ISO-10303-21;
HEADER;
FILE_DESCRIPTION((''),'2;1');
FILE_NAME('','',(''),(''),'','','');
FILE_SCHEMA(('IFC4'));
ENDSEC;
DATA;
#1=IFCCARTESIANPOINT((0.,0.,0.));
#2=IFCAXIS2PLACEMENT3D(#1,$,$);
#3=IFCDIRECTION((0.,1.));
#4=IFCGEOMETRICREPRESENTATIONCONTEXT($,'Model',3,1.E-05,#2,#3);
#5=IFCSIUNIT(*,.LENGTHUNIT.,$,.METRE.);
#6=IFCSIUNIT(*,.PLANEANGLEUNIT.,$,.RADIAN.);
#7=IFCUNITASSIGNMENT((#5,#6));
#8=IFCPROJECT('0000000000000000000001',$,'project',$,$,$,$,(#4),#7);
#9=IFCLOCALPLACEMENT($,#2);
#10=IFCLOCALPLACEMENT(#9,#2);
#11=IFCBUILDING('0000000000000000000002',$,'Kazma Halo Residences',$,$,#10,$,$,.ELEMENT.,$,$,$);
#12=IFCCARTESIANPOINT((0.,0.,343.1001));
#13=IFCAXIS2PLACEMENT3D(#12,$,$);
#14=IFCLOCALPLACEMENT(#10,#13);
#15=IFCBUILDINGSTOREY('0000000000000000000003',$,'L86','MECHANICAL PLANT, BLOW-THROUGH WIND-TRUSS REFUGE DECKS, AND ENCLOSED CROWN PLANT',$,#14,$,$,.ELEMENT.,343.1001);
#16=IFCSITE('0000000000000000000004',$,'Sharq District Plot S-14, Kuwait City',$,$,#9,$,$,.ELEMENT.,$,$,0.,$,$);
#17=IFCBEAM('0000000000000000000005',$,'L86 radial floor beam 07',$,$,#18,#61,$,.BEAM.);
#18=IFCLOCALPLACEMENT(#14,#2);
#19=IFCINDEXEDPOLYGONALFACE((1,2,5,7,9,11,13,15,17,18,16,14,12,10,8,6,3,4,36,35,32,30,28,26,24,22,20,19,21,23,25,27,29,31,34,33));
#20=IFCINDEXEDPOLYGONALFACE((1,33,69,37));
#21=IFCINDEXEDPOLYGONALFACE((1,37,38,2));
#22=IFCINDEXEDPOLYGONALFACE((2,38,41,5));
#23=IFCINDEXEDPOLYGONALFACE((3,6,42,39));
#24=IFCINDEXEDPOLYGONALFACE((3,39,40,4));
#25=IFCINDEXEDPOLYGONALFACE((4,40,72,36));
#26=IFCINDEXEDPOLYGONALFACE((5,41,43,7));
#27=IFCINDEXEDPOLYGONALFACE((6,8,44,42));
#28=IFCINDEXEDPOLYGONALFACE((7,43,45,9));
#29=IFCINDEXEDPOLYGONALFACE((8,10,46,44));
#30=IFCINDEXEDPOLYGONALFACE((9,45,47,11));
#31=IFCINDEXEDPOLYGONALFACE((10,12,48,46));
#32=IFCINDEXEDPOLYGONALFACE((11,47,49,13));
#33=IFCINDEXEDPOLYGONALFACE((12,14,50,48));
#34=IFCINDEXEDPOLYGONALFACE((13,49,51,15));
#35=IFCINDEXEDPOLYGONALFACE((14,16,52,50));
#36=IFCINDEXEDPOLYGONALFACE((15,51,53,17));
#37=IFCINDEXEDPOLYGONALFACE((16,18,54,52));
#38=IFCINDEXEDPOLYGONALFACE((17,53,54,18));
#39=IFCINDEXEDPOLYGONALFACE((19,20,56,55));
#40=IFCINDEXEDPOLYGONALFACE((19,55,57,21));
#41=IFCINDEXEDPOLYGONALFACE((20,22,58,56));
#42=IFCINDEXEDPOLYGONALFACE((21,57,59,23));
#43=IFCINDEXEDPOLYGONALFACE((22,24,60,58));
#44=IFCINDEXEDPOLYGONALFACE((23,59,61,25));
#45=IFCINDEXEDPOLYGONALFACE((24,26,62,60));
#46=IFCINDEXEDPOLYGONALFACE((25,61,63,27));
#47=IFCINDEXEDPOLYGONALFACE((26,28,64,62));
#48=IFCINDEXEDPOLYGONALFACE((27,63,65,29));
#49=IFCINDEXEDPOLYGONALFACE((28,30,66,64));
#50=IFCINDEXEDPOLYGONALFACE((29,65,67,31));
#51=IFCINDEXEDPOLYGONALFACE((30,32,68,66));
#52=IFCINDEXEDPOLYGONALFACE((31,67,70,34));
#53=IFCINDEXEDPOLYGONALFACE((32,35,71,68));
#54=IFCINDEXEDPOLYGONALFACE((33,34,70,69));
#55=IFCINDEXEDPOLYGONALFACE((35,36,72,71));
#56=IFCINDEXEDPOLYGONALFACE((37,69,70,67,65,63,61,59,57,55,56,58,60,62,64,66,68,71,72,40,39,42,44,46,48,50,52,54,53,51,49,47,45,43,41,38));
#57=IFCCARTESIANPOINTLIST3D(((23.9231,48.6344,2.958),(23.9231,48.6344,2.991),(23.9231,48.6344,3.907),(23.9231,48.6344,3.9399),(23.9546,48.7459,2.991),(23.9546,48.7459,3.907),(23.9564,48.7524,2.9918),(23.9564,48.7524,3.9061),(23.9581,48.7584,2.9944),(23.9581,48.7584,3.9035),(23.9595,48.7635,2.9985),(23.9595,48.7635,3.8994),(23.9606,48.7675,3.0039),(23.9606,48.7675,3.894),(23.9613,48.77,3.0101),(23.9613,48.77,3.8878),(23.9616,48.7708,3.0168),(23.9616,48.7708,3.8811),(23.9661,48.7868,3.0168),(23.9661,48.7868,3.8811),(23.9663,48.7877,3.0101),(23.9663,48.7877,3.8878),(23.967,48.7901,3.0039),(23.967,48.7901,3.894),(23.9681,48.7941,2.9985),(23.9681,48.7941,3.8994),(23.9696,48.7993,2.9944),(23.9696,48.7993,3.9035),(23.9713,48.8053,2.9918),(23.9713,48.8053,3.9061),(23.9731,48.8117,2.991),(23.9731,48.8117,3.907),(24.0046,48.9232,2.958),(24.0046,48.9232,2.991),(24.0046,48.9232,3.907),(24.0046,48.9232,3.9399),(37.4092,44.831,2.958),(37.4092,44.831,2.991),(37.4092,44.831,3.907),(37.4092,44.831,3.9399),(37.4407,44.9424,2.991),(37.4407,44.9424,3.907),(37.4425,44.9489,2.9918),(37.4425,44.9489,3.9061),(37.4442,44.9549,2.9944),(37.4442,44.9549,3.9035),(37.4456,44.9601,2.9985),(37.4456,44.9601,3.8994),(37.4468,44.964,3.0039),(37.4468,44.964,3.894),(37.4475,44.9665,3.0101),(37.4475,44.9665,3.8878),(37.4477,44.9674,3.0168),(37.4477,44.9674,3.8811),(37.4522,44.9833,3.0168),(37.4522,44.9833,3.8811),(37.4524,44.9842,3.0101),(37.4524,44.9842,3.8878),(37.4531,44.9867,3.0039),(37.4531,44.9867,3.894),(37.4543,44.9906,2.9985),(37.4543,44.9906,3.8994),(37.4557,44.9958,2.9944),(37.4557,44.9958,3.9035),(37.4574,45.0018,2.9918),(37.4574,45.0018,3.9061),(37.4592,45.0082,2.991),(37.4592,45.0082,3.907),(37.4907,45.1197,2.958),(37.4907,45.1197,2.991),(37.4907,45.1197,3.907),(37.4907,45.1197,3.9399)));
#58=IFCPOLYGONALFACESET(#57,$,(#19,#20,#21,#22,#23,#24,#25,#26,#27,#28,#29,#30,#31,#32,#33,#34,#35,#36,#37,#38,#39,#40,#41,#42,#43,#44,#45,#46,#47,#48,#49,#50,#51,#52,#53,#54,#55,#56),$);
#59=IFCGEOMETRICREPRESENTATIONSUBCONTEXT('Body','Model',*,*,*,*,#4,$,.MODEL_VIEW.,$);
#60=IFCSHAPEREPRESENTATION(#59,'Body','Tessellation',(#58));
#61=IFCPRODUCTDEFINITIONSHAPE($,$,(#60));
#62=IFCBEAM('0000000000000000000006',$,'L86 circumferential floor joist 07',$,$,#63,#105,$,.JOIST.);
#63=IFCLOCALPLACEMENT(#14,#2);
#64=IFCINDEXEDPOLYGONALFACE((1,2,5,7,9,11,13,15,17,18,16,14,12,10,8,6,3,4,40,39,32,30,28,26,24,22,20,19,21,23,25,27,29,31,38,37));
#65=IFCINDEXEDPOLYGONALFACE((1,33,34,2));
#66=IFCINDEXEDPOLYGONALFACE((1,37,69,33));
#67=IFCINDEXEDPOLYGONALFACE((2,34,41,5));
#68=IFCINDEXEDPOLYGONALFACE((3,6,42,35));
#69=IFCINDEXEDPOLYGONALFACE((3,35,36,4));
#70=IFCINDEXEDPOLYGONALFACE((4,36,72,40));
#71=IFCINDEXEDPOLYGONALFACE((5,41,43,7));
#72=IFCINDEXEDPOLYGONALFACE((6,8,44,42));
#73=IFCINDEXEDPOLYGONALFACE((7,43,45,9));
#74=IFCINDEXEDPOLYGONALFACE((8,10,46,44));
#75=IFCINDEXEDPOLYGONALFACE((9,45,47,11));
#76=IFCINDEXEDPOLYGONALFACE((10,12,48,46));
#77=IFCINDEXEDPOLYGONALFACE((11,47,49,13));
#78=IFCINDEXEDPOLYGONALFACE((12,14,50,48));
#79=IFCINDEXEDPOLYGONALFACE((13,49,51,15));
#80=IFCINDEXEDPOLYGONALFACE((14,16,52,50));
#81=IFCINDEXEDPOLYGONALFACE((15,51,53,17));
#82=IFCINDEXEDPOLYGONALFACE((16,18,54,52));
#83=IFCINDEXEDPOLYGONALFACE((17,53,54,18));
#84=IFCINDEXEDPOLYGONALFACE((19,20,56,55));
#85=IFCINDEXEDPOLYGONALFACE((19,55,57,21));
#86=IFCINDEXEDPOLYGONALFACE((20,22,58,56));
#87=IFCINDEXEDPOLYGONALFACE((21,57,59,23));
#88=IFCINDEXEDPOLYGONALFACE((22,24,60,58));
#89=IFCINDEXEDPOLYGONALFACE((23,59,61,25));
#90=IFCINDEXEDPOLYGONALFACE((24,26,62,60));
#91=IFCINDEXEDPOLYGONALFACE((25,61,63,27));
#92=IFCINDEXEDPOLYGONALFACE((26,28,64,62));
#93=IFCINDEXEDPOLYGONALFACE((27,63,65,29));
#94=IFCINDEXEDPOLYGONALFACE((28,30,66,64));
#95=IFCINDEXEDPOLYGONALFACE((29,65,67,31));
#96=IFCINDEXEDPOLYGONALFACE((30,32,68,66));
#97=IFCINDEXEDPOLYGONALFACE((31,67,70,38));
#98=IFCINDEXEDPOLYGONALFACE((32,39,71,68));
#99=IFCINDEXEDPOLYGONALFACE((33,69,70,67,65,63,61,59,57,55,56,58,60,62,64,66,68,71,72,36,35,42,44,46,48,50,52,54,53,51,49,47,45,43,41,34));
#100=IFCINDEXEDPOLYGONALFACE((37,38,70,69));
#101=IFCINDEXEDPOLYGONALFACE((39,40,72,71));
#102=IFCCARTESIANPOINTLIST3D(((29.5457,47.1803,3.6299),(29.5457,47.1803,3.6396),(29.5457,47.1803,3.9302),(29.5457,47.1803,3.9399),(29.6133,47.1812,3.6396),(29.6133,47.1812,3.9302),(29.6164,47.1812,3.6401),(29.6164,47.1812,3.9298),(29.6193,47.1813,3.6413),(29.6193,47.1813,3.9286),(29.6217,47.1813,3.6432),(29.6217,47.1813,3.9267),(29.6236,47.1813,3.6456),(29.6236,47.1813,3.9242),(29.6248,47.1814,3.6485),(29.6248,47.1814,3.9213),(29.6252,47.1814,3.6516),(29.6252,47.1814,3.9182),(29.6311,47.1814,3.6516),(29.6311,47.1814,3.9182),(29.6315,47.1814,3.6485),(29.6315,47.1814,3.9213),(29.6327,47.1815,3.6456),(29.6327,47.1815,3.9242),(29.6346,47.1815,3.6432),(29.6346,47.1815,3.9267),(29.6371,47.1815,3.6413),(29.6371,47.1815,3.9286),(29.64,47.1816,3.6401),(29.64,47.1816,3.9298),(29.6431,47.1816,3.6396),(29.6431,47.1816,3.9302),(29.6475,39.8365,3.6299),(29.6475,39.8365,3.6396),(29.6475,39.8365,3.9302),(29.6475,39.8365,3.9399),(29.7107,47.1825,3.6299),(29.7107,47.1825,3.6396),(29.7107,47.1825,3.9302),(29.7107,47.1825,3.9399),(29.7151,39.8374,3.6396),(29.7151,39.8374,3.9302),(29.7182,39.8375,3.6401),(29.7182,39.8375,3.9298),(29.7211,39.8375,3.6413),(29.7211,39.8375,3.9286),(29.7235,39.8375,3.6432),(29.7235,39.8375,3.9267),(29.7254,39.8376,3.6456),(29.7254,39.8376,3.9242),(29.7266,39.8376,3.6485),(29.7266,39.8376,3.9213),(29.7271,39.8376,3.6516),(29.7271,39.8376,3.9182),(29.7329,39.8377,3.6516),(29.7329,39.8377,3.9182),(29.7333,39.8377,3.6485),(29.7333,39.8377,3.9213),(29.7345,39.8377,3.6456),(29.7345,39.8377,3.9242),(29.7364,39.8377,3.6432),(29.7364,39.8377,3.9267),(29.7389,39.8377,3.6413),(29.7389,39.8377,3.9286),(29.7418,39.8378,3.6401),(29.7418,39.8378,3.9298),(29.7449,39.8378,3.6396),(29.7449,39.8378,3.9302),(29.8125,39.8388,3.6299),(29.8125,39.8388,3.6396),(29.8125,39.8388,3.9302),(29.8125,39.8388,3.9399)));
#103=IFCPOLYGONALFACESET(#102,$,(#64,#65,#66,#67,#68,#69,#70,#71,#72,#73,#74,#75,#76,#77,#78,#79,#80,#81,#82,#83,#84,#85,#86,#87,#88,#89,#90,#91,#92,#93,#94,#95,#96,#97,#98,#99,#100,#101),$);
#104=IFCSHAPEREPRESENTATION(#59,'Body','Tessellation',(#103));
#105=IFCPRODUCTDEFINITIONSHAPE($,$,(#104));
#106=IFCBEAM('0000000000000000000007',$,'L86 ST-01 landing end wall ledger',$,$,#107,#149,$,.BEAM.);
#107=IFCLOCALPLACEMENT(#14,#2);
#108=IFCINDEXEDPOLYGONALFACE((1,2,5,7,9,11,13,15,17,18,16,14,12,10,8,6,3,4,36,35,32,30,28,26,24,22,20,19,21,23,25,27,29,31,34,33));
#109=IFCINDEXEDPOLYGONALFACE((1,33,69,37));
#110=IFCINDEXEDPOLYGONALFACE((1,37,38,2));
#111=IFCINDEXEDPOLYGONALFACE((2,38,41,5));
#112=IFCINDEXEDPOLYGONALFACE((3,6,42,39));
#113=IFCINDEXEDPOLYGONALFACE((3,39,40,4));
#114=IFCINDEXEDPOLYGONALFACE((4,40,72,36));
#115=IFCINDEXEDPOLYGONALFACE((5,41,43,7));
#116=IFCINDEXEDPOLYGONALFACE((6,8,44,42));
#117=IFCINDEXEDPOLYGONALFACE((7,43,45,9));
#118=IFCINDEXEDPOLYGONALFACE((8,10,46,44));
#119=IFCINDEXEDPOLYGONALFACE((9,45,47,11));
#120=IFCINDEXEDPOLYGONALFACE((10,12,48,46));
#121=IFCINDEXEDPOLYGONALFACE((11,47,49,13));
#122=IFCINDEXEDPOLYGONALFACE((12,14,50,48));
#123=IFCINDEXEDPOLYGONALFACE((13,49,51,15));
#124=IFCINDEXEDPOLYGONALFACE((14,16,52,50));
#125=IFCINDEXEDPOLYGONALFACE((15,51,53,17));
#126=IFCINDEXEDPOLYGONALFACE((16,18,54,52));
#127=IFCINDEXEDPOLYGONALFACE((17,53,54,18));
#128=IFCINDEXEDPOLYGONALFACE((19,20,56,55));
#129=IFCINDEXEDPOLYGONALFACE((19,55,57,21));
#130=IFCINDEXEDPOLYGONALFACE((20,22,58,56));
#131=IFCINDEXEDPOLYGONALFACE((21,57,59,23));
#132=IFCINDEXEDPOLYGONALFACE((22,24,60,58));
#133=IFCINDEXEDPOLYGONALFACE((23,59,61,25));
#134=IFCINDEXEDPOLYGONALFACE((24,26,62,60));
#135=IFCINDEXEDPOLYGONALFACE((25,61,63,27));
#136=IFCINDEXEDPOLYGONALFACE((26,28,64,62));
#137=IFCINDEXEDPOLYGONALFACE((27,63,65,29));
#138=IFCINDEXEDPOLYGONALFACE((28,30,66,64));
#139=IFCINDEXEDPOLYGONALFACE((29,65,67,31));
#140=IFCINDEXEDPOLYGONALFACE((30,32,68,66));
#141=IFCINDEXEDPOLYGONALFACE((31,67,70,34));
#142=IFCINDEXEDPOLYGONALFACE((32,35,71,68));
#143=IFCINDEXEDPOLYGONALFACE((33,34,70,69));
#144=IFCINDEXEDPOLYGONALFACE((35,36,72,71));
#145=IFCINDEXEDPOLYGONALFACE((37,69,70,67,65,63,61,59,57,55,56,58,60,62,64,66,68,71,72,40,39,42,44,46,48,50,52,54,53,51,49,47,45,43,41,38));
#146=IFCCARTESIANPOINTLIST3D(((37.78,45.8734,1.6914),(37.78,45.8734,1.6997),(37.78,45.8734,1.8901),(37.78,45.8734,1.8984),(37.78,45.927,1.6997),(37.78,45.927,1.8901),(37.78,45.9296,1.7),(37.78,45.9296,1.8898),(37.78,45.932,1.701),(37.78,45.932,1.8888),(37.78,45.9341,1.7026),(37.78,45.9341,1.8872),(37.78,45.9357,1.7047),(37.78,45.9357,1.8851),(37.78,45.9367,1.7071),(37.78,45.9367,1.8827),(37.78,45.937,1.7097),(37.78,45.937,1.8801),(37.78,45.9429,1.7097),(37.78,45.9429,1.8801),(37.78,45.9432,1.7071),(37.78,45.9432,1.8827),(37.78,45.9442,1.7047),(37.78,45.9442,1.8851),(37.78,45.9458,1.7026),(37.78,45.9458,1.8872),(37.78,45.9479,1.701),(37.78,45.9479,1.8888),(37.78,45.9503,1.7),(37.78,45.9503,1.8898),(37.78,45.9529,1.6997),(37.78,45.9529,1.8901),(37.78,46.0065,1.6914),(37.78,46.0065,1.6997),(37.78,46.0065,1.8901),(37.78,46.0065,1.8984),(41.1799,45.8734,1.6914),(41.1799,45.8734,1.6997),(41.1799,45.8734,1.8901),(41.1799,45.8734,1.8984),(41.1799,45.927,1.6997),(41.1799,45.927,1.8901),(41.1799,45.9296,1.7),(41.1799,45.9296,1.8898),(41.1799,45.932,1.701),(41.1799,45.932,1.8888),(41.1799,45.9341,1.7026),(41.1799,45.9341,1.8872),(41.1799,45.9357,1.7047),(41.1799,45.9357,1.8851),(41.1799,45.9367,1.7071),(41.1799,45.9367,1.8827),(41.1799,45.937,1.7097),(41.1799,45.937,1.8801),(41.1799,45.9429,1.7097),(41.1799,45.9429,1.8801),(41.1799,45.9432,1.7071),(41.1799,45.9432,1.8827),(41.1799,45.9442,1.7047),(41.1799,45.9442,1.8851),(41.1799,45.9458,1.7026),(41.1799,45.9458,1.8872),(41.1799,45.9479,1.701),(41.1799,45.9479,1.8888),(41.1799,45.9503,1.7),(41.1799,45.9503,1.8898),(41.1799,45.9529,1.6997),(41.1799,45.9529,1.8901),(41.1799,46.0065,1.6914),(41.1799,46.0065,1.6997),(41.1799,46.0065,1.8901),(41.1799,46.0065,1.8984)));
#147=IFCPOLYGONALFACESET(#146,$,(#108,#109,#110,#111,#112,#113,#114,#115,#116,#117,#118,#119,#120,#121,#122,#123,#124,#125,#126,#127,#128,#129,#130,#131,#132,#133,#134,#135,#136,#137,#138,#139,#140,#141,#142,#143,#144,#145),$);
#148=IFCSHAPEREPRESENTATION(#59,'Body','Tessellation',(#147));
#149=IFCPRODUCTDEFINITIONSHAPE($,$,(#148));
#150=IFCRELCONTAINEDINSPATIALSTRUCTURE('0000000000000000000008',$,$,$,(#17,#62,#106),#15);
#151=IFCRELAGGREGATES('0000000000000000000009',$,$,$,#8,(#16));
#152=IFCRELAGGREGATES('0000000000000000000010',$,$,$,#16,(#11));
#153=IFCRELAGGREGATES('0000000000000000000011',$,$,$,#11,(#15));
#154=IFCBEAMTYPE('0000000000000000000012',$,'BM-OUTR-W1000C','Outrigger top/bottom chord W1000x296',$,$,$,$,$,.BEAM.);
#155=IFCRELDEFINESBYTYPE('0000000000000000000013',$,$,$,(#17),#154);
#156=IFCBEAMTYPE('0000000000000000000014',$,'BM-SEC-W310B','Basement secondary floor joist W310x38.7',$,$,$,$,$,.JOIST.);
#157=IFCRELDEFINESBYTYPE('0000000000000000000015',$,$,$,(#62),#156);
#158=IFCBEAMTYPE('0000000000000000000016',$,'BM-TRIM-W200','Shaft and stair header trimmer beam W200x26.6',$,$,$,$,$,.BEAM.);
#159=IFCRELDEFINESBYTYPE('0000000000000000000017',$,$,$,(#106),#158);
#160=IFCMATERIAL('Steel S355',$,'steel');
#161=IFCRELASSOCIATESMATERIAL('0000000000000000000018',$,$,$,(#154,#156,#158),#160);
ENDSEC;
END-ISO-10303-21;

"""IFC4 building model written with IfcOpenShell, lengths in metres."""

from ifc_helpers import new_model, si_unit, direction, frame, origin, origin_2d, place, context, subcontext, project, spatial, i_section, extrude, material, material_profile, profile_set, type_object, element, save


model = new_model("IFC4")

# Units and contexts
model_context = context("Model", 3, precision=1e-05, world=origin(), true_north=direction((0.0, 1.0)))
body_context = subcontext(model_context, "Body", "Model", "MODEL_VIEW")
ifc_project = project(units=[si_unit("LENGTHUNIT", "METRE"), si_unit("PLANEANGLEUNIT", "RADIAN")], contexts=[model_context])

# Site, building, storey
site_placement = place(None, origin())
site = spatial("IfcSite", under=ifc_project, at=site_placement, Name="Sharq District Plot S-14, Kuwait City", CompositionType="ELEMENT", RefElevation=0.0)
building_placement = place(site_placement, origin())
building = spatial("IfcBuilding", under=site, at=building_placement, Name="Kazma Halo Residences", CompositionType="ELEMENT")
storey_placement = place(building_placement, frame((0.0, 0.0, 343.1001)))
storey = spatial("IfcBuildingStorey", under=building, at=storey_placement, Name="L86", Description="MECHANICAL PLANT, BLOW-THROUGH WIND-TRUSS REFUGE DECKS, AND ENCLOSED CROWN PLANT", CompositionType="ELEMENT", Elevation=343.1001)

# Beams
ifc_material_1 = material(Name="Steel S355", Category="steel")
ifc_material_profile_1 = material_profile(ifc_material_1, i_section(OverallWidth=0.3, OverallDepth=0.9819, WebThickness=0.0166, FlangeThickness=0.033, FilletRadius=0.0259, at=origin_2d()), Name="W1000x296")
ifc_profile_set_1 = profile_set([ifc_material_profile_1], Name="Steel S355")
beam_type_1 = type_object("IfcBeamType", Name="BM-OUTR-W1000C", Description="Outrigger top/bottom chord W1000x296", PredefinedType="BEAM", material=ifc_profile_set_1)
beam_1_placement = place(storey_placement, frame((37.45, 44.9753, 3.449), z_axis=(-0.962455, 0.27144, 0.0), x_axis=(-0.27144, -0.962455, 0.0)))
element("IfcBeam", 1, at=beam_1_placement, inside=storey, type_object=beam_type_1, Name="L86 radial floor beam 07", PredefinedType="BEAM", context=body_context, shape_type="SweptSolid", body=[
    extrude(i_section(OverallWidth=0.3, OverallDepth=0.9819, WebThickness=0.0166, FlangeThickness=0.033, FilletRadius=0.0259, at=origin_2d()), origin(), (0.0, 0.0, 1.0), 14.0122),
])
ifc_material_profile_2 = material_profile(ifc_material_1, i_section(OverallWidth=0.165, OverallDepth=0.3101, WebThickness=0.0059, FlangeThickness=0.0098, FilletRadius=0.012, at=origin_2d()), Name="W310x38.7")
ifc_profile_set_2 = profile_set([ifc_material_profile_2], Name="Steel S355")
beam_type_2 = type_object("IfcBeamType", Name="BM-SEC-W310B", Description="Basement secondary floor joist W310x38.7", PredefinedType="JOIST", material=ifc_profile_set_2)
beam_2_placement = place(storey_placement, frame((29.6282, 47.1814, 3.7849), z_axis=(0.013862, -0.999904, 0.0), x_axis=(0.999904, 0.013862, 0.0)))
element("IfcBeam", 2, at=beam_2_placement, inside=storey, type_object=beam_type_2, Name="L86 circumferential floor joist 07", PredefinedType="JOIST", context=body_context, shape_type="SweptSolid", body=[
    extrude(i_section(OverallWidth=0.165, OverallDepth=0.3101, WebThickness=0.0059, FlangeThickness=0.0098, FilletRadius=0.012, at=origin_2d()), origin(), (0.0, 0.0, 1.0), 7.3445),
])
ifc_material_profile_3 = material_profile(ifc_material_1, i_section(OverallWidth=0.1331, OverallDepth=0.207, WebThickness=0.0059, FlangeThickness=0.0083, FilletRadius=0.01, at=origin_2d()), Name="W200x26.6")
ifc_profile_set_3 = profile_set([ifc_material_profile_3], Name="Steel S355")
beam_type_3 = type_object("IfcBeamType", Name="BM-TRIM-W200", Description="Shaft and stair header trimmer beam W200x26.6", PredefinedType="BEAM", material=ifc_profile_set_3)
beam_3_placement = place(storey_placement, frame((37.78, 45.9399, 1.7949), z_axis=(1.0, 0.0, 0.0), x_axis=(0.0, 1.0, 0.0)))
element("IfcBeam", 3, at=beam_3_placement, inside=storey, type_object=beam_type_3, Name="L86 ST-01 landing end wall ledger", PredefinedType="BEAM", context=body_context, shape_type="SweptSolid", body=[
    extrude(i_section(OverallWidth=0.1331, OverallDepth=0.207, WebThickness=0.0059, FlangeThickness=0.0083, FilletRadius=0.01, at=origin_2d()), origin(), (0.0, 0.0, 1.0), 3.3999),
])

save(model, "model.ifc")
